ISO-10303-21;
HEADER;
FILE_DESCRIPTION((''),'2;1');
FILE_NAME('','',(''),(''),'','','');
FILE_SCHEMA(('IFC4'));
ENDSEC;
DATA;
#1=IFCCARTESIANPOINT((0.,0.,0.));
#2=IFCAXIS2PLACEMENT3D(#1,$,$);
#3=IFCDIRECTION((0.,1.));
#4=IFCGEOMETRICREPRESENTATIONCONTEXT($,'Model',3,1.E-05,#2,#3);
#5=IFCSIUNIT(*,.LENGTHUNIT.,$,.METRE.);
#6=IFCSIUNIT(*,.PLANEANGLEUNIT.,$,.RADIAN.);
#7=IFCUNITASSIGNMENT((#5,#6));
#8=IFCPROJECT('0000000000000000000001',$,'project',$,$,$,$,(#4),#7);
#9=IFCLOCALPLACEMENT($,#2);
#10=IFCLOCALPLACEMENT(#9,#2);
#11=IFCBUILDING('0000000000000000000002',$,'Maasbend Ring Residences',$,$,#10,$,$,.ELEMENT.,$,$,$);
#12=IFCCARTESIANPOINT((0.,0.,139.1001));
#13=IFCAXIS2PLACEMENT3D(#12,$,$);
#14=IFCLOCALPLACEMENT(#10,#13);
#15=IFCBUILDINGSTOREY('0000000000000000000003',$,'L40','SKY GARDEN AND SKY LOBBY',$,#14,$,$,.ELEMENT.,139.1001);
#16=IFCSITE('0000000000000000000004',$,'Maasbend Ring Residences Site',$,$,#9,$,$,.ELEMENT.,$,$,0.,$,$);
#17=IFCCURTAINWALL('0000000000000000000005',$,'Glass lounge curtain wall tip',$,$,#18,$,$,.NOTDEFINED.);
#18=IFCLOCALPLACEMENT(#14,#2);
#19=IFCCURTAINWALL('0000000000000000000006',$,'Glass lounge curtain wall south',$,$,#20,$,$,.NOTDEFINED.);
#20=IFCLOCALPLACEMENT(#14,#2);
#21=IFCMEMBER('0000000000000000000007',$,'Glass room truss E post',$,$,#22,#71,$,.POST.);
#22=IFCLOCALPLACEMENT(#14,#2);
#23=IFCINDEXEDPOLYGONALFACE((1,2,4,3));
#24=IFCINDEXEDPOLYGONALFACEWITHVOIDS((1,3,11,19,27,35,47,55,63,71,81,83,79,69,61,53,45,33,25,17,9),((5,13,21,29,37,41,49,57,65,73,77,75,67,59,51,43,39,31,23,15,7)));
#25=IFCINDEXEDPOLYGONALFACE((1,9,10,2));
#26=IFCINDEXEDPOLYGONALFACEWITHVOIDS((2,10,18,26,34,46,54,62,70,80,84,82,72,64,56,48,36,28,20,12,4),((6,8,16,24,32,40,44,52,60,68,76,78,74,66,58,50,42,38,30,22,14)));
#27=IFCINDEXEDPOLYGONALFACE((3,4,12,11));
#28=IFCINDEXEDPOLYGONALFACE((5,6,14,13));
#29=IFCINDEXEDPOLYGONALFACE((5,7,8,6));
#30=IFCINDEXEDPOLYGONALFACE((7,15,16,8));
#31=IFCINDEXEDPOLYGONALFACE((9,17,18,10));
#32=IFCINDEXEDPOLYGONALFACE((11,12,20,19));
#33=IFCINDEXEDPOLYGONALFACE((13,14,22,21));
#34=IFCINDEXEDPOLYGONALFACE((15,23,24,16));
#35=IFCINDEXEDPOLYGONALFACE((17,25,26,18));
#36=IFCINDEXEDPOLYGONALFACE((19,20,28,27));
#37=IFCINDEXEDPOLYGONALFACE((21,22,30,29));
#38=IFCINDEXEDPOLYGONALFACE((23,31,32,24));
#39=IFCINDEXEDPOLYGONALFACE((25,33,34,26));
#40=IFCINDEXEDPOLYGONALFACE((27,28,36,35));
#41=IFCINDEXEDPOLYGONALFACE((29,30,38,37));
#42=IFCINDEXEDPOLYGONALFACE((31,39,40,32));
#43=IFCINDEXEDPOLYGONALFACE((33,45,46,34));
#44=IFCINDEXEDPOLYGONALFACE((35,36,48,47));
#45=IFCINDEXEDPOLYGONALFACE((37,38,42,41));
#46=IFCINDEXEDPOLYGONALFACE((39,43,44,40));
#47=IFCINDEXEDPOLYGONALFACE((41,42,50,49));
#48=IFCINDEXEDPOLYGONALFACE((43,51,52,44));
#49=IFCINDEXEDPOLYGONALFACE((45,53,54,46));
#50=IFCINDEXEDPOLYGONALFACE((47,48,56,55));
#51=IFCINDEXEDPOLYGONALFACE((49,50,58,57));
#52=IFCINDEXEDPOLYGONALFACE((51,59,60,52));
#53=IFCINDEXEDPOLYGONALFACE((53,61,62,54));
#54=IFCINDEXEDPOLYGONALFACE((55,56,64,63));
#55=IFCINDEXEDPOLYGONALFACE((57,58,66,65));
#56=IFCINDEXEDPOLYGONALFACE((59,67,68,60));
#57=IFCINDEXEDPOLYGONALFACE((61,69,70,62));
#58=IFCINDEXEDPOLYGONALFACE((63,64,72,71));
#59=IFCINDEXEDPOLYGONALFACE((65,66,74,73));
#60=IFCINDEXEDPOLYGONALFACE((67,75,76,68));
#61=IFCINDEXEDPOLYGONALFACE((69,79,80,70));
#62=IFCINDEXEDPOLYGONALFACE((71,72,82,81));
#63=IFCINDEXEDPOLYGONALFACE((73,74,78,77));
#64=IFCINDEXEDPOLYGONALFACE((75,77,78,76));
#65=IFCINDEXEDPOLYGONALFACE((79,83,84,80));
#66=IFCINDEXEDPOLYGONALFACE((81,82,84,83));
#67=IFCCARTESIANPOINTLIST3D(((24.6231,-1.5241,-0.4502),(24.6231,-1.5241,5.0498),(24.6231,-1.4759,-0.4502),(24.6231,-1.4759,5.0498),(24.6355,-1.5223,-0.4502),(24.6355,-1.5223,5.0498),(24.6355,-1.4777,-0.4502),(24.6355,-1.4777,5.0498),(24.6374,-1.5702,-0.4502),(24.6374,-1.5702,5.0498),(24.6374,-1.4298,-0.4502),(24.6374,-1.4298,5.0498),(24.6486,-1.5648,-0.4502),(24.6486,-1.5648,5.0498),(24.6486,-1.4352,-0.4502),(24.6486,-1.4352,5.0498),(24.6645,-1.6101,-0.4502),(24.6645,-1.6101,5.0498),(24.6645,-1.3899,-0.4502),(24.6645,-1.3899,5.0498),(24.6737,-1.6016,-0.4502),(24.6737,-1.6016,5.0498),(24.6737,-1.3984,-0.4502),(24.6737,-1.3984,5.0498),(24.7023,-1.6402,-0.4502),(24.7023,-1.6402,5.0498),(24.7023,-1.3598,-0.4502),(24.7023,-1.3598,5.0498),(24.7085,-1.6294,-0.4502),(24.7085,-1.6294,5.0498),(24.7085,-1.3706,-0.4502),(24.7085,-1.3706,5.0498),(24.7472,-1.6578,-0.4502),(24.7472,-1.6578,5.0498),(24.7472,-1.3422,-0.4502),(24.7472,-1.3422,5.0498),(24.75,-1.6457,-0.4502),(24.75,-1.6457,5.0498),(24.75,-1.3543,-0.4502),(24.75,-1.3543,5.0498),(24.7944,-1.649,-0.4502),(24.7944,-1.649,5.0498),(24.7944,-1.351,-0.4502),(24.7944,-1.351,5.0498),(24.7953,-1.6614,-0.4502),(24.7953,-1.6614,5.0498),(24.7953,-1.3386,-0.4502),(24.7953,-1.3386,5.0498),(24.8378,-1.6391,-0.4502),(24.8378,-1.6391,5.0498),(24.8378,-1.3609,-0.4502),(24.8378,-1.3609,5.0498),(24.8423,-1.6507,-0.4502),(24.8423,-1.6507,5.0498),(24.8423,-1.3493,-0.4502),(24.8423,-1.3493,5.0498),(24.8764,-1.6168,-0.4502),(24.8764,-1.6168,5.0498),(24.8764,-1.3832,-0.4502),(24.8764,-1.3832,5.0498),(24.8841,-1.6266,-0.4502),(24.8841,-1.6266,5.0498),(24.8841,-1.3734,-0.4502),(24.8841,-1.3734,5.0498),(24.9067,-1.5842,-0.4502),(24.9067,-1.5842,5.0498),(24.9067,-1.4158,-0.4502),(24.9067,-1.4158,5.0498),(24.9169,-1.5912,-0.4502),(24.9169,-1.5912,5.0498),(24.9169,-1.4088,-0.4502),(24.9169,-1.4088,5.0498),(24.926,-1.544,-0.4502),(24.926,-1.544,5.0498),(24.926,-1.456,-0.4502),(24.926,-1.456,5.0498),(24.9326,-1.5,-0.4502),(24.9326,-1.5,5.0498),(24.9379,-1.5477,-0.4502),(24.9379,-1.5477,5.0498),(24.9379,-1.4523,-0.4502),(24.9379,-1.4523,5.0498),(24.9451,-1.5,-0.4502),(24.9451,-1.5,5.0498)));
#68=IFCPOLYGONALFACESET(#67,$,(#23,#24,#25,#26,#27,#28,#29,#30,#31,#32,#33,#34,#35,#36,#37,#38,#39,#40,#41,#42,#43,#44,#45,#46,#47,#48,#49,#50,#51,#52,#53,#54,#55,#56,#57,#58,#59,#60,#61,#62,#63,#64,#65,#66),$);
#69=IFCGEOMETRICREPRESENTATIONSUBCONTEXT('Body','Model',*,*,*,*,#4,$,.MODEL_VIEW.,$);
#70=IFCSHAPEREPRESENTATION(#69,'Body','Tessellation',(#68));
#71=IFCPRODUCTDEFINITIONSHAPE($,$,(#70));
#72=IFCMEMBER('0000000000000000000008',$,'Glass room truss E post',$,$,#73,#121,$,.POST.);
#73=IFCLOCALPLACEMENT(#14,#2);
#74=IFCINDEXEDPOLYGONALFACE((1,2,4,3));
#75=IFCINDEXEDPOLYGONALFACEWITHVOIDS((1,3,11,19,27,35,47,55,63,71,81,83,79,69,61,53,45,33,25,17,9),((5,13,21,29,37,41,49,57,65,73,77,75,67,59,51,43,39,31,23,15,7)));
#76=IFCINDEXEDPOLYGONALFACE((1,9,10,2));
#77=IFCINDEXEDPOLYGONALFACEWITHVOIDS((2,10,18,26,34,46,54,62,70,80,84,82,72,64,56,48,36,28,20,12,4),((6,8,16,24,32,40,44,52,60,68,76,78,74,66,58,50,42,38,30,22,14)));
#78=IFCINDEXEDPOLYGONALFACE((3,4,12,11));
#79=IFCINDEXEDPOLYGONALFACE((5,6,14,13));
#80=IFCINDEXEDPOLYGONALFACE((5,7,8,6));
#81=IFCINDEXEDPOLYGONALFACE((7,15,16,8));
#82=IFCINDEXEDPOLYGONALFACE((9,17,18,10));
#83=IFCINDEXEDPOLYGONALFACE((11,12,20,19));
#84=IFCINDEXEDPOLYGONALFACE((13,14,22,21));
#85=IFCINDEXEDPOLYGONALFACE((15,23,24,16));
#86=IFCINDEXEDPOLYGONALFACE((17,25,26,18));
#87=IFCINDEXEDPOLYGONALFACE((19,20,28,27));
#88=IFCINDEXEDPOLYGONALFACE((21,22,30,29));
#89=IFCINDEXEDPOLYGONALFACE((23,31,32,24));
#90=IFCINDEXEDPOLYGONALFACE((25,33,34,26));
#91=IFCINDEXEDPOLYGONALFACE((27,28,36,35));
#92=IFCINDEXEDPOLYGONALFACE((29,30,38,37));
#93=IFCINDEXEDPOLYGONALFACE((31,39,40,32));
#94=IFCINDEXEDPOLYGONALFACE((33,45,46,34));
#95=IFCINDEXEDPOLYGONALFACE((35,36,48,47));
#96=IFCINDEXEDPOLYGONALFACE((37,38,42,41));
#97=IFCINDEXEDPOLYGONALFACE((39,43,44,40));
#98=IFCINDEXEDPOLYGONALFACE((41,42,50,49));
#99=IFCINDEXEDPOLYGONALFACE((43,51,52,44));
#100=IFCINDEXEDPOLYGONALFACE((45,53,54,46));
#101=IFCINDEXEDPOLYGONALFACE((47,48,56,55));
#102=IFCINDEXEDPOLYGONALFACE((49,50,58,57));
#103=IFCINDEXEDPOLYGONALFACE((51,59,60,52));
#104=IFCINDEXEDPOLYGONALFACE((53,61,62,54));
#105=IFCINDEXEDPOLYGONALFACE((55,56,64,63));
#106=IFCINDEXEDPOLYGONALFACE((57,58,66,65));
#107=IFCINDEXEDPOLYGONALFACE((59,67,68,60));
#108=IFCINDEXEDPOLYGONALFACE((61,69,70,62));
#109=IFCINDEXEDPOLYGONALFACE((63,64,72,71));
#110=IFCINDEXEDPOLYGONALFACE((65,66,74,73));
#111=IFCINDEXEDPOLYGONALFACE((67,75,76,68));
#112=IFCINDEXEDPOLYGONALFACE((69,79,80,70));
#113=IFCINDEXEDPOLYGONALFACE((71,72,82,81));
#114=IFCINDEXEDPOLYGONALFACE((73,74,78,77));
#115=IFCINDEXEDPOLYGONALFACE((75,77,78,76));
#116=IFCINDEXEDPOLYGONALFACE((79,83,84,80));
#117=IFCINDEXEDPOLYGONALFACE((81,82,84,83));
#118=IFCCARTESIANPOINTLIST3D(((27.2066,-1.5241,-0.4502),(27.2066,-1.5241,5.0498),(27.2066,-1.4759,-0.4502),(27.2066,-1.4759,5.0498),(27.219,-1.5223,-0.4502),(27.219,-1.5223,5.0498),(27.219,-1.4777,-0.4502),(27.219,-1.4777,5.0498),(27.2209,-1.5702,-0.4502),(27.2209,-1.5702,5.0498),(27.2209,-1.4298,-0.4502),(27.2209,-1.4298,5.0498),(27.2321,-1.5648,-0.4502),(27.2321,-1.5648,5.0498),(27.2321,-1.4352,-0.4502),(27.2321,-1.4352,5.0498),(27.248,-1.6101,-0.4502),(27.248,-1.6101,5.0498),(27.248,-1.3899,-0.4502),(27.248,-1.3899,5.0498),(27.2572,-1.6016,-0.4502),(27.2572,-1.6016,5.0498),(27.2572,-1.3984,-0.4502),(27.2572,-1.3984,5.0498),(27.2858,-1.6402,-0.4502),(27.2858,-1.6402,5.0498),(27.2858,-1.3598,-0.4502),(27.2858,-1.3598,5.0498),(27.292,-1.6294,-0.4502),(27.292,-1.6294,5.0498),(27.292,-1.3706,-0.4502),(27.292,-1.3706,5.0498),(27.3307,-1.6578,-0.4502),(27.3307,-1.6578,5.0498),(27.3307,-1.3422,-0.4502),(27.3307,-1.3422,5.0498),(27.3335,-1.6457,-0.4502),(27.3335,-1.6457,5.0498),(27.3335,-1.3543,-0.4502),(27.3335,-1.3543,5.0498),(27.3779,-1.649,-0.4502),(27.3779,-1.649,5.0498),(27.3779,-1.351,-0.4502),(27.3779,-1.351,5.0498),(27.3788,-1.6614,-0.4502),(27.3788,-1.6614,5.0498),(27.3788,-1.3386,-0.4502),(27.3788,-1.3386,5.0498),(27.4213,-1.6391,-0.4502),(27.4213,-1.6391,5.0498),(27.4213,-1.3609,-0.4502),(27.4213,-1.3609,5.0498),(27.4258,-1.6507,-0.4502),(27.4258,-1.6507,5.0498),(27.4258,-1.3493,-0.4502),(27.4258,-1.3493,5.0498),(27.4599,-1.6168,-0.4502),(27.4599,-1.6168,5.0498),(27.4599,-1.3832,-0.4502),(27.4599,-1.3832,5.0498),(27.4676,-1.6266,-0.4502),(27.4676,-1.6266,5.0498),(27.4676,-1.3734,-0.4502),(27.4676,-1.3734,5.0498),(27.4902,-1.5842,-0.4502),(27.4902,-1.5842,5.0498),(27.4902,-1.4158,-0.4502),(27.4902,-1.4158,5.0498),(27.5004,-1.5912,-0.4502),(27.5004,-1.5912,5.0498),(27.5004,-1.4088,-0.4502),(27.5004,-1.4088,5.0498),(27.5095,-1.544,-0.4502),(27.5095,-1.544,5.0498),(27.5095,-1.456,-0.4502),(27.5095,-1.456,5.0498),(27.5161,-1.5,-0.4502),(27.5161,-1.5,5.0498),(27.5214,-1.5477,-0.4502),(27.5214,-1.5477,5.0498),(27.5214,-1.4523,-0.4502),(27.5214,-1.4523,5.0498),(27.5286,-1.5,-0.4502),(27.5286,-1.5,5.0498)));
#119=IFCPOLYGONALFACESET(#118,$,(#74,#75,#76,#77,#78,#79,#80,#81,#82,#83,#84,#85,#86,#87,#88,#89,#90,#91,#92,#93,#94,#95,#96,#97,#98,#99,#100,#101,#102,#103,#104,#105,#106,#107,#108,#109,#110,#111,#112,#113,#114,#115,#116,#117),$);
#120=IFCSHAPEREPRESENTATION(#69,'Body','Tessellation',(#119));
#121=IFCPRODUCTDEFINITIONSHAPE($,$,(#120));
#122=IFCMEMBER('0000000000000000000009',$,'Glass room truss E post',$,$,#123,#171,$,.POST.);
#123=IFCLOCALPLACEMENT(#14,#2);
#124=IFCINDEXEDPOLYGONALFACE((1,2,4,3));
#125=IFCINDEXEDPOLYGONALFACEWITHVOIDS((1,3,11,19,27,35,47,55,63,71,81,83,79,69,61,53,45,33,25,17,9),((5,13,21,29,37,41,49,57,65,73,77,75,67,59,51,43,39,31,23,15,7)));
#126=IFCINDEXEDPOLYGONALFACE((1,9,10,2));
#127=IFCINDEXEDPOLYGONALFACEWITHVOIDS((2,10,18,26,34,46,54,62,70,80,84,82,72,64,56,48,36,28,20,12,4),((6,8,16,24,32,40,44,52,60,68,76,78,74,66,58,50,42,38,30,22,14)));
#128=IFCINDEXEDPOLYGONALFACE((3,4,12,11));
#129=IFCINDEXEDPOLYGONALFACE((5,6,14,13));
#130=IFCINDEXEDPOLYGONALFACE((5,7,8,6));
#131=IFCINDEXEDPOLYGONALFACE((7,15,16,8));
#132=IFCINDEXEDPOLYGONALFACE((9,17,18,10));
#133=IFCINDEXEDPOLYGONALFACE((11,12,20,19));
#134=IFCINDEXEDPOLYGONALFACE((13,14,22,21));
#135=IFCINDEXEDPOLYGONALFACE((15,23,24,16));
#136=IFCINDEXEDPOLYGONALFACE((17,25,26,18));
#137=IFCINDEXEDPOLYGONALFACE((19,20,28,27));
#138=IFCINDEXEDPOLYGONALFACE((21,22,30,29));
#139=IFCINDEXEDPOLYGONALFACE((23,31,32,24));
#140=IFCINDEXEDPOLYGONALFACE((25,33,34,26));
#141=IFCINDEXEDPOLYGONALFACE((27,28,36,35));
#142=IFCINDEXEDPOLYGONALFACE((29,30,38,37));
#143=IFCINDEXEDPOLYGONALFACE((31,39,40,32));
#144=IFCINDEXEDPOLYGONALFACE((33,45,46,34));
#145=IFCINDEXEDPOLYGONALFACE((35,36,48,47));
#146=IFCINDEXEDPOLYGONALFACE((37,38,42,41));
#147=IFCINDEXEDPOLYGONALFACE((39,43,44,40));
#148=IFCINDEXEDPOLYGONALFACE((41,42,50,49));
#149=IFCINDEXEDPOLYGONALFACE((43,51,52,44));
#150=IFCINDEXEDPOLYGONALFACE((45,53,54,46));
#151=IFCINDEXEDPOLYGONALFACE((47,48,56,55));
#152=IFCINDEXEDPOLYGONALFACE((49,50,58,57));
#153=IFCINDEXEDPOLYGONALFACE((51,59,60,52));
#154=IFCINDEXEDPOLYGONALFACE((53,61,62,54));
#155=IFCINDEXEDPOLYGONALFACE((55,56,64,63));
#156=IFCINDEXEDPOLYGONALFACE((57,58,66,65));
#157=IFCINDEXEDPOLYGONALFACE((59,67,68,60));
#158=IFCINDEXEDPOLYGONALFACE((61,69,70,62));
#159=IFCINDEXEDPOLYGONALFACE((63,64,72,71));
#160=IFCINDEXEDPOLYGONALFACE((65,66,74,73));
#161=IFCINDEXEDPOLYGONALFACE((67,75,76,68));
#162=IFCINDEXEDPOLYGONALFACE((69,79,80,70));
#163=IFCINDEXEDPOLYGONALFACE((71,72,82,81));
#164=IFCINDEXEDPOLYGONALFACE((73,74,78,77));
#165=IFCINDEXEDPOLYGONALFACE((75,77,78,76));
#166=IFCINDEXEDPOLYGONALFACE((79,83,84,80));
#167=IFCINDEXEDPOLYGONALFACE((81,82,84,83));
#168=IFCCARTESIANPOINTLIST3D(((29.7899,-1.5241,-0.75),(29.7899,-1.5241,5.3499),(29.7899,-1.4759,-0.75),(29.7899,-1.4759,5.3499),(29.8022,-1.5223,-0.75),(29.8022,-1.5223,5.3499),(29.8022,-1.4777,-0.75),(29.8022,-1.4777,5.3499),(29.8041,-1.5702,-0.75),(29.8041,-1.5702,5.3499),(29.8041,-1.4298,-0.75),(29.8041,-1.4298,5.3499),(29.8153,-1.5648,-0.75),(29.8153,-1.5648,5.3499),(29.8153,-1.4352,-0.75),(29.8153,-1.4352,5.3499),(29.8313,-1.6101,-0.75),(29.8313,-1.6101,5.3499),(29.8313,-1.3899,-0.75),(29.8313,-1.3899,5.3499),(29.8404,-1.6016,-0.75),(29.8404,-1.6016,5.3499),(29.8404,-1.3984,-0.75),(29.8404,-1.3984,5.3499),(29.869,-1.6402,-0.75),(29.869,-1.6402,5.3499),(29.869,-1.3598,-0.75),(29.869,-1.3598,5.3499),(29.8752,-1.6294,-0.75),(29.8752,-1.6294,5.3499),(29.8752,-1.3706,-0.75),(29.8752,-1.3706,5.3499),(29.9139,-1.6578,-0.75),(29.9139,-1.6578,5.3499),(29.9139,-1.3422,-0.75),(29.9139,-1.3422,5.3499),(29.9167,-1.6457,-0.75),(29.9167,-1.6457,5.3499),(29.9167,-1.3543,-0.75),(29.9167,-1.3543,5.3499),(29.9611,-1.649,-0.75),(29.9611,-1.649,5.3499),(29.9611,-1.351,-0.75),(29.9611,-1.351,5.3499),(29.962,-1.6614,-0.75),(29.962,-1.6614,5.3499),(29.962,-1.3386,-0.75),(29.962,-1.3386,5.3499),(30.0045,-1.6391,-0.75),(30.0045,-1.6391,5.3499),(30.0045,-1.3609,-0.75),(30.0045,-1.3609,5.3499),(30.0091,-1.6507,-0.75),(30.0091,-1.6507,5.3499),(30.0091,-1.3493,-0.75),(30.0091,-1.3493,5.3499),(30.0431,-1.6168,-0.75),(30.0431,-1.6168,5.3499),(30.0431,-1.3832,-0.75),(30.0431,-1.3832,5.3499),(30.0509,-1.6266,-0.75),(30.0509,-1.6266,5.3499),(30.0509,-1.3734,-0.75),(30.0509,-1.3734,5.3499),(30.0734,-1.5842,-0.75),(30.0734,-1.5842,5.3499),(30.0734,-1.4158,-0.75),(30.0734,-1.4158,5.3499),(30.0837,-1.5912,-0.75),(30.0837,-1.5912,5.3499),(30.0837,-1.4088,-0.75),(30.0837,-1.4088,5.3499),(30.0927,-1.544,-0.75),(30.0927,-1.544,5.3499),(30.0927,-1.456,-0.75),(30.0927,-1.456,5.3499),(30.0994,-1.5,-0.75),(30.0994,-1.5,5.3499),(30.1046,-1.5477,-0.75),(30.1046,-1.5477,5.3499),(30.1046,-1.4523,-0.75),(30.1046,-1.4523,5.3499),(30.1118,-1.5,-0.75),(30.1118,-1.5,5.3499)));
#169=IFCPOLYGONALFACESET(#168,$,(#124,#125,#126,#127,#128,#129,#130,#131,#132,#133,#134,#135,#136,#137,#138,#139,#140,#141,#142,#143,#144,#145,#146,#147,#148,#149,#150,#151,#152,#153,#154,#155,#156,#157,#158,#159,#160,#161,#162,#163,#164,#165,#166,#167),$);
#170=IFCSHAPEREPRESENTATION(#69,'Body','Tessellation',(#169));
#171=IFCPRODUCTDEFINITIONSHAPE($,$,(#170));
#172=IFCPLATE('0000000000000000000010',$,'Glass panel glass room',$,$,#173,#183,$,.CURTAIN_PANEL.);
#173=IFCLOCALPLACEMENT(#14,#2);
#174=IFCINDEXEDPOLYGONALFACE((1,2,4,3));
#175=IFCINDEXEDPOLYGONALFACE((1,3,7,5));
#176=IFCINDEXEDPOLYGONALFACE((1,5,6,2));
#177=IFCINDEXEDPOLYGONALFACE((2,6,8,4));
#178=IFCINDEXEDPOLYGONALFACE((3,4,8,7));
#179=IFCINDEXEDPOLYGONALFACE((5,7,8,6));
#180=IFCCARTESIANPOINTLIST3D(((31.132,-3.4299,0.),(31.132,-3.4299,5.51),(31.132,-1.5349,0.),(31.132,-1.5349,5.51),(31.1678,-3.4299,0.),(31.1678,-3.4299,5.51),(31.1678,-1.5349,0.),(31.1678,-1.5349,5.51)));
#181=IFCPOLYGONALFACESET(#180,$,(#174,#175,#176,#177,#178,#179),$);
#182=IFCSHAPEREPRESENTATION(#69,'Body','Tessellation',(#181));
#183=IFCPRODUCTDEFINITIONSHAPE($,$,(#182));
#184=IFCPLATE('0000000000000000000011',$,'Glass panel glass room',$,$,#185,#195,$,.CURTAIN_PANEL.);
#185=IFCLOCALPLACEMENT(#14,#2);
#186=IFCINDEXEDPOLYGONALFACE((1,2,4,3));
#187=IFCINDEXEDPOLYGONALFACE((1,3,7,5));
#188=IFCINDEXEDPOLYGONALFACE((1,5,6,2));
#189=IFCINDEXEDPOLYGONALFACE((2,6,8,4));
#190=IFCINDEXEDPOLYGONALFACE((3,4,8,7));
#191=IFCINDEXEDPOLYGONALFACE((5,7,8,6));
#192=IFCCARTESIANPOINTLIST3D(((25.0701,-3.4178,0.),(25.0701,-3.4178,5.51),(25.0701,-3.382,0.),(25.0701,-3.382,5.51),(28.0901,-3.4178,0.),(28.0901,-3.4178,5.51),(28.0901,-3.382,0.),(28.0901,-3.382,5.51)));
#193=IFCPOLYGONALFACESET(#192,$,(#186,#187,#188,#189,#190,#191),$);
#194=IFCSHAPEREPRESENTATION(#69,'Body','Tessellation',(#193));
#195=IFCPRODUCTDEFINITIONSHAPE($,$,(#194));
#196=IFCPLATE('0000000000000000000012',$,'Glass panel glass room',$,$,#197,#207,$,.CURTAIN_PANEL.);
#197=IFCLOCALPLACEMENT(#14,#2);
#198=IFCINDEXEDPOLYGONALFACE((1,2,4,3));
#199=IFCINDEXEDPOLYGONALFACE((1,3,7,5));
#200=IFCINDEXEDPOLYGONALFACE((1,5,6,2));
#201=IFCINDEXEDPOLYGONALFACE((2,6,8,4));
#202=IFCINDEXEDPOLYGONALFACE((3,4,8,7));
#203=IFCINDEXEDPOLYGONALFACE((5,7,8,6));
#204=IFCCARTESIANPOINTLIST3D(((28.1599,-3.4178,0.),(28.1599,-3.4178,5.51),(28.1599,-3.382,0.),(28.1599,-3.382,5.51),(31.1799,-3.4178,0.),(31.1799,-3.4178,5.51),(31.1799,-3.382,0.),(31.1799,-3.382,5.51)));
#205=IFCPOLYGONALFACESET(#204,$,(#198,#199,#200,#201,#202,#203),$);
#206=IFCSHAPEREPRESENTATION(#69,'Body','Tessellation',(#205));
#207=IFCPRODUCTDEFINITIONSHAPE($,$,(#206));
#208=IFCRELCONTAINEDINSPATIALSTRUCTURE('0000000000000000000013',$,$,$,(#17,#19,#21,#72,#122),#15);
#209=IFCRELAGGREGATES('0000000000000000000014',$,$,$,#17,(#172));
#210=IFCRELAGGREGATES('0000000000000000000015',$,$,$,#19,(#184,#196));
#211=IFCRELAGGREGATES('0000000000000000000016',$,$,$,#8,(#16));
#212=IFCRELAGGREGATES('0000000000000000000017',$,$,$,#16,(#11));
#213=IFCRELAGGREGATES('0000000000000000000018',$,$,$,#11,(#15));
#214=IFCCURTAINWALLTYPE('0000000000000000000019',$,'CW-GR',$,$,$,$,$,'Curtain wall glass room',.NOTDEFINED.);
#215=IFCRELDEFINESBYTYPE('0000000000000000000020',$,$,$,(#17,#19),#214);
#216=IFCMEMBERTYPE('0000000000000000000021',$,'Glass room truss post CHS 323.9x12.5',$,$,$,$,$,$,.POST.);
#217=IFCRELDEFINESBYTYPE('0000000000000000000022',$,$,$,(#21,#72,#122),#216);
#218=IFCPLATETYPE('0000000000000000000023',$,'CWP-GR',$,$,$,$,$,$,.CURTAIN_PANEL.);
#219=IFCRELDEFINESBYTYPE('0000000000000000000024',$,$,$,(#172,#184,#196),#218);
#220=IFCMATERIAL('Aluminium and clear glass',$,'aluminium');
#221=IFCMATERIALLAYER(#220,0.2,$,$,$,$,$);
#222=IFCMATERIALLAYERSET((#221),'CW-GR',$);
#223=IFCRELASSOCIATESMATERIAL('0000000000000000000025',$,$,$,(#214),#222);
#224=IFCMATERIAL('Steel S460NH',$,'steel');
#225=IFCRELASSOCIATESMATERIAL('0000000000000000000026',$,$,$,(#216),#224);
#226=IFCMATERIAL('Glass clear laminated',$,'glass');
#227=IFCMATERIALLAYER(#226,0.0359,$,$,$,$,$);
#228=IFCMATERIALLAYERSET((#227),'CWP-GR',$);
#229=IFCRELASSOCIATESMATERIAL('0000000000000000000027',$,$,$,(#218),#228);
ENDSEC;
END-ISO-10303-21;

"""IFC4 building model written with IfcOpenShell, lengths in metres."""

from ifc_helpers import new_model, si_unit, direction, frame, origin, origin_2d, place, context, subcontext, project, spatial, rectangle, hollow_circle, extrude, material, layer, layer_set, material_profile, profile_set, type_object, element, aggregate, save


model = new_model("IFC4")

# Units and contexts
model_context = context("Model", 3, precision=1e-05, world=origin(), true_north=direction((0.0, 1.0)))
body_context = subcontext(model_context, "Body", "Model", "MODEL_VIEW")
ifc_project = project(units=[si_unit("LENGTHUNIT", "METRE"), si_unit("PLANEANGLEUNIT", "RADIAN")], contexts=[model_context])

# Site, building, storey
site_placement = place(None, origin())
site = spatial("IfcSite", under=ifc_project, at=site_placement, Name="Maasbend Ring Residences Site", CompositionType="ELEMENT", RefElevation=0.0)
building_placement = place(site_placement, origin())
building = spatial("IfcBuilding", under=site, at=building_placement, Name="Maasbend Ring Residences", CompositionType="ELEMENT")
storey_placement = place(building_placement, frame((0.0, 0.0, 139.1001)))
storey = spatial("IfcBuildingStorey", under=building, at=storey_placement, Name="L40", Description="SKY GARDEN AND SKY LOBBY", CompositionType="ELEMENT", Elevation=139.1001)

# Curtain wall
ifc_material_1 = material(Name="Aluminium and clear glass", Category="aluminium")
ifc_layer_1 = layer(ifc_material_1, 0.2)
ifc_layer_set_1 = layer_set([ifc_layer_1], Name="CW-GR")
curtain_wall_type = type_object("IfcCurtainWallType", Name="CW-GR", ElementType="Curtain wall glass room", PredefinedType="NOTDEFINED", material=ifc_layer_set_1)
curtain_wall_1_placement = place(storey_placement, origin())
curtain_wall_1 = element("IfcCurtainWall", 1, at=curtain_wall_1_placement, inside=storey, type_object=curtain_wall_type, Name="Glass lounge curtain wall tip", PredefinedType="NOTDEFINED")

# Curtain wall
curtain_wall_2_placement = place(storey_placement, origin())
curtain_wall_2 = element("IfcCurtainWall", 2, at=curtain_wall_2_placement, inside=storey, type_object=curtain_wall_type, Name="Glass lounge curtain wall south", PredefinedType="NOTDEFINED")

# Members
ifc_material_2 = material(Name="Steel S460NH", Category="steel")
ifc_material_profile_1 = material_profile(ifc_material_2, hollow_circle(Radius=0.1619, WallThickness=0.0125, at=origin_2d()), Name="Glass room truss post CHS 323.9x12.5")
ifc_profile_set_1 = profile_set([ifc_material_profile_1], Name="Steel S460NH")
member_type_1 = type_object("IfcMemberType", Name="Glass room truss post CHS 323.9x12.5", PredefinedType="POST", material=ifc_profile_set_1)
for number, where, z_axis, x_axis, name in (
    (3, (24.7832, -1.5, -0.4502), (0.0, 0.0, 1.0), (1.0, 0.0, 0.0), "Glass room truss E post"),
    (4, (27.3667, -1.5, -0.4502), (0.0, 0.0, 1.0), (1.0, 0.0, 0.0), "Glass room truss E post"),
):
    element("IfcMember", number, at=place(storey_placement, frame(where, z_axis=z_axis, x_axis=x_axis)), inside=storey, type_object=member_type_1, Name=name, PredefinedType="POST", context=body_context, shape_type="SweptSolid", body=[
        extrude(hollow_circle(Radius=0.1619, WallThickness=0.0125, at=origin_2d()), origin(), (0.0, 0.0, 1.0), 5.5),
    ])
member_1_placement = place(storey_placement, frame((29.95, -1.5, -0.75), z_axis=(0.0, 0.0, 1.0), x_axis=(1.0, 0.0, 0.0)))
element("IfcMember", 5, at=member_1_placement, inside=storey, type_object=member_type_1, Name="Glass room truss E post", PredefinedType="POST", context=body_context, shape_type="SweptSolid", body=[
    extrude(hollow_circle(Radius=0.1619, WallThickness=0.0125, at=origin_2d()), origin(), (0.0, 0.0, 1.0), 6.0999),
])

# Plates
ifc_material_3 = material(Name="Glass clear laminated", Category="glass")
ifc_layer_2 = layer(ifc_material_3, 0.0359)
ifc_layer_set_2 = layer_set([ifc_layer_2], Name="CWP-GR")
plate_type = type_object("IfcPlateType", Name="CWP-GR", PredefinedType="CURTAIN_PANEL", material=ifc_layer_set_2)
plate_1_placement = place(storey_placement, frame((31.1499, -2.4824, 0.0), z_axis=(0.0, 0.0, 1.0), x_axis=(0.0, 1.0, 0.0)))
plate_1 = element("IfcPlate", 6, at=plate_1_placement, type_object=plate_type, Name="Glass panel glass room", PredefinedType="CURTAIN_PANEL", context=body_context, shape_type="SweptSolid", body=[
    extrude(rectangle(XDim=1.895, YDim=0.0359, at=origin_2d()), origin(), (0.0, 0.0, 1.0), 5.51),
])
aggregate(curtain_wall_1, [plate_1])
plate_2_placement = place(storey_placement, frame((26.5801, -3.3999, 0.0), z_axis=(0.0, 0.0, 1.0), x_axis=(1.0, 0.0, 0.0)))
plate_2 = element("IfcPlate", 7, at=plate_2_placement, type_object=plate_type, Name="Glass panel glass room", PredefinedType="CURTAIN_PANEL", context=body_context, shape_type="SweptSolid", body=[
    extrude(rectangle(XDim=3.02, YDim=0.0359, at=origin_2d()), origin(), (0.0, 0.0, 1.0), 5.51),
])
plate_3_placement = place(storey_placement, frame((29.6699, -3.3999, 0.0), z_axis=(0.0, 0.0, 1.0), x_axis=(1.0, 0.0, 0.0)))
plate_3 = element("IfcPlate", 8, at=plate_3_placement, type_object=plate_type, Name="Glass panel glass room", PredefinedType="CURTAIN_PANEL", context=body_context, shape_type="SweptSolid", body=[
    extrude(rectangle(XDim=3.02, YDim=0.0359, at=origin_2d()), origin(), (0.0, 0.0, 1.0), 5.51),
])
aggregate(curtain_wall_2, [plate_2, plate_3])

save(model, "model.ifc")
